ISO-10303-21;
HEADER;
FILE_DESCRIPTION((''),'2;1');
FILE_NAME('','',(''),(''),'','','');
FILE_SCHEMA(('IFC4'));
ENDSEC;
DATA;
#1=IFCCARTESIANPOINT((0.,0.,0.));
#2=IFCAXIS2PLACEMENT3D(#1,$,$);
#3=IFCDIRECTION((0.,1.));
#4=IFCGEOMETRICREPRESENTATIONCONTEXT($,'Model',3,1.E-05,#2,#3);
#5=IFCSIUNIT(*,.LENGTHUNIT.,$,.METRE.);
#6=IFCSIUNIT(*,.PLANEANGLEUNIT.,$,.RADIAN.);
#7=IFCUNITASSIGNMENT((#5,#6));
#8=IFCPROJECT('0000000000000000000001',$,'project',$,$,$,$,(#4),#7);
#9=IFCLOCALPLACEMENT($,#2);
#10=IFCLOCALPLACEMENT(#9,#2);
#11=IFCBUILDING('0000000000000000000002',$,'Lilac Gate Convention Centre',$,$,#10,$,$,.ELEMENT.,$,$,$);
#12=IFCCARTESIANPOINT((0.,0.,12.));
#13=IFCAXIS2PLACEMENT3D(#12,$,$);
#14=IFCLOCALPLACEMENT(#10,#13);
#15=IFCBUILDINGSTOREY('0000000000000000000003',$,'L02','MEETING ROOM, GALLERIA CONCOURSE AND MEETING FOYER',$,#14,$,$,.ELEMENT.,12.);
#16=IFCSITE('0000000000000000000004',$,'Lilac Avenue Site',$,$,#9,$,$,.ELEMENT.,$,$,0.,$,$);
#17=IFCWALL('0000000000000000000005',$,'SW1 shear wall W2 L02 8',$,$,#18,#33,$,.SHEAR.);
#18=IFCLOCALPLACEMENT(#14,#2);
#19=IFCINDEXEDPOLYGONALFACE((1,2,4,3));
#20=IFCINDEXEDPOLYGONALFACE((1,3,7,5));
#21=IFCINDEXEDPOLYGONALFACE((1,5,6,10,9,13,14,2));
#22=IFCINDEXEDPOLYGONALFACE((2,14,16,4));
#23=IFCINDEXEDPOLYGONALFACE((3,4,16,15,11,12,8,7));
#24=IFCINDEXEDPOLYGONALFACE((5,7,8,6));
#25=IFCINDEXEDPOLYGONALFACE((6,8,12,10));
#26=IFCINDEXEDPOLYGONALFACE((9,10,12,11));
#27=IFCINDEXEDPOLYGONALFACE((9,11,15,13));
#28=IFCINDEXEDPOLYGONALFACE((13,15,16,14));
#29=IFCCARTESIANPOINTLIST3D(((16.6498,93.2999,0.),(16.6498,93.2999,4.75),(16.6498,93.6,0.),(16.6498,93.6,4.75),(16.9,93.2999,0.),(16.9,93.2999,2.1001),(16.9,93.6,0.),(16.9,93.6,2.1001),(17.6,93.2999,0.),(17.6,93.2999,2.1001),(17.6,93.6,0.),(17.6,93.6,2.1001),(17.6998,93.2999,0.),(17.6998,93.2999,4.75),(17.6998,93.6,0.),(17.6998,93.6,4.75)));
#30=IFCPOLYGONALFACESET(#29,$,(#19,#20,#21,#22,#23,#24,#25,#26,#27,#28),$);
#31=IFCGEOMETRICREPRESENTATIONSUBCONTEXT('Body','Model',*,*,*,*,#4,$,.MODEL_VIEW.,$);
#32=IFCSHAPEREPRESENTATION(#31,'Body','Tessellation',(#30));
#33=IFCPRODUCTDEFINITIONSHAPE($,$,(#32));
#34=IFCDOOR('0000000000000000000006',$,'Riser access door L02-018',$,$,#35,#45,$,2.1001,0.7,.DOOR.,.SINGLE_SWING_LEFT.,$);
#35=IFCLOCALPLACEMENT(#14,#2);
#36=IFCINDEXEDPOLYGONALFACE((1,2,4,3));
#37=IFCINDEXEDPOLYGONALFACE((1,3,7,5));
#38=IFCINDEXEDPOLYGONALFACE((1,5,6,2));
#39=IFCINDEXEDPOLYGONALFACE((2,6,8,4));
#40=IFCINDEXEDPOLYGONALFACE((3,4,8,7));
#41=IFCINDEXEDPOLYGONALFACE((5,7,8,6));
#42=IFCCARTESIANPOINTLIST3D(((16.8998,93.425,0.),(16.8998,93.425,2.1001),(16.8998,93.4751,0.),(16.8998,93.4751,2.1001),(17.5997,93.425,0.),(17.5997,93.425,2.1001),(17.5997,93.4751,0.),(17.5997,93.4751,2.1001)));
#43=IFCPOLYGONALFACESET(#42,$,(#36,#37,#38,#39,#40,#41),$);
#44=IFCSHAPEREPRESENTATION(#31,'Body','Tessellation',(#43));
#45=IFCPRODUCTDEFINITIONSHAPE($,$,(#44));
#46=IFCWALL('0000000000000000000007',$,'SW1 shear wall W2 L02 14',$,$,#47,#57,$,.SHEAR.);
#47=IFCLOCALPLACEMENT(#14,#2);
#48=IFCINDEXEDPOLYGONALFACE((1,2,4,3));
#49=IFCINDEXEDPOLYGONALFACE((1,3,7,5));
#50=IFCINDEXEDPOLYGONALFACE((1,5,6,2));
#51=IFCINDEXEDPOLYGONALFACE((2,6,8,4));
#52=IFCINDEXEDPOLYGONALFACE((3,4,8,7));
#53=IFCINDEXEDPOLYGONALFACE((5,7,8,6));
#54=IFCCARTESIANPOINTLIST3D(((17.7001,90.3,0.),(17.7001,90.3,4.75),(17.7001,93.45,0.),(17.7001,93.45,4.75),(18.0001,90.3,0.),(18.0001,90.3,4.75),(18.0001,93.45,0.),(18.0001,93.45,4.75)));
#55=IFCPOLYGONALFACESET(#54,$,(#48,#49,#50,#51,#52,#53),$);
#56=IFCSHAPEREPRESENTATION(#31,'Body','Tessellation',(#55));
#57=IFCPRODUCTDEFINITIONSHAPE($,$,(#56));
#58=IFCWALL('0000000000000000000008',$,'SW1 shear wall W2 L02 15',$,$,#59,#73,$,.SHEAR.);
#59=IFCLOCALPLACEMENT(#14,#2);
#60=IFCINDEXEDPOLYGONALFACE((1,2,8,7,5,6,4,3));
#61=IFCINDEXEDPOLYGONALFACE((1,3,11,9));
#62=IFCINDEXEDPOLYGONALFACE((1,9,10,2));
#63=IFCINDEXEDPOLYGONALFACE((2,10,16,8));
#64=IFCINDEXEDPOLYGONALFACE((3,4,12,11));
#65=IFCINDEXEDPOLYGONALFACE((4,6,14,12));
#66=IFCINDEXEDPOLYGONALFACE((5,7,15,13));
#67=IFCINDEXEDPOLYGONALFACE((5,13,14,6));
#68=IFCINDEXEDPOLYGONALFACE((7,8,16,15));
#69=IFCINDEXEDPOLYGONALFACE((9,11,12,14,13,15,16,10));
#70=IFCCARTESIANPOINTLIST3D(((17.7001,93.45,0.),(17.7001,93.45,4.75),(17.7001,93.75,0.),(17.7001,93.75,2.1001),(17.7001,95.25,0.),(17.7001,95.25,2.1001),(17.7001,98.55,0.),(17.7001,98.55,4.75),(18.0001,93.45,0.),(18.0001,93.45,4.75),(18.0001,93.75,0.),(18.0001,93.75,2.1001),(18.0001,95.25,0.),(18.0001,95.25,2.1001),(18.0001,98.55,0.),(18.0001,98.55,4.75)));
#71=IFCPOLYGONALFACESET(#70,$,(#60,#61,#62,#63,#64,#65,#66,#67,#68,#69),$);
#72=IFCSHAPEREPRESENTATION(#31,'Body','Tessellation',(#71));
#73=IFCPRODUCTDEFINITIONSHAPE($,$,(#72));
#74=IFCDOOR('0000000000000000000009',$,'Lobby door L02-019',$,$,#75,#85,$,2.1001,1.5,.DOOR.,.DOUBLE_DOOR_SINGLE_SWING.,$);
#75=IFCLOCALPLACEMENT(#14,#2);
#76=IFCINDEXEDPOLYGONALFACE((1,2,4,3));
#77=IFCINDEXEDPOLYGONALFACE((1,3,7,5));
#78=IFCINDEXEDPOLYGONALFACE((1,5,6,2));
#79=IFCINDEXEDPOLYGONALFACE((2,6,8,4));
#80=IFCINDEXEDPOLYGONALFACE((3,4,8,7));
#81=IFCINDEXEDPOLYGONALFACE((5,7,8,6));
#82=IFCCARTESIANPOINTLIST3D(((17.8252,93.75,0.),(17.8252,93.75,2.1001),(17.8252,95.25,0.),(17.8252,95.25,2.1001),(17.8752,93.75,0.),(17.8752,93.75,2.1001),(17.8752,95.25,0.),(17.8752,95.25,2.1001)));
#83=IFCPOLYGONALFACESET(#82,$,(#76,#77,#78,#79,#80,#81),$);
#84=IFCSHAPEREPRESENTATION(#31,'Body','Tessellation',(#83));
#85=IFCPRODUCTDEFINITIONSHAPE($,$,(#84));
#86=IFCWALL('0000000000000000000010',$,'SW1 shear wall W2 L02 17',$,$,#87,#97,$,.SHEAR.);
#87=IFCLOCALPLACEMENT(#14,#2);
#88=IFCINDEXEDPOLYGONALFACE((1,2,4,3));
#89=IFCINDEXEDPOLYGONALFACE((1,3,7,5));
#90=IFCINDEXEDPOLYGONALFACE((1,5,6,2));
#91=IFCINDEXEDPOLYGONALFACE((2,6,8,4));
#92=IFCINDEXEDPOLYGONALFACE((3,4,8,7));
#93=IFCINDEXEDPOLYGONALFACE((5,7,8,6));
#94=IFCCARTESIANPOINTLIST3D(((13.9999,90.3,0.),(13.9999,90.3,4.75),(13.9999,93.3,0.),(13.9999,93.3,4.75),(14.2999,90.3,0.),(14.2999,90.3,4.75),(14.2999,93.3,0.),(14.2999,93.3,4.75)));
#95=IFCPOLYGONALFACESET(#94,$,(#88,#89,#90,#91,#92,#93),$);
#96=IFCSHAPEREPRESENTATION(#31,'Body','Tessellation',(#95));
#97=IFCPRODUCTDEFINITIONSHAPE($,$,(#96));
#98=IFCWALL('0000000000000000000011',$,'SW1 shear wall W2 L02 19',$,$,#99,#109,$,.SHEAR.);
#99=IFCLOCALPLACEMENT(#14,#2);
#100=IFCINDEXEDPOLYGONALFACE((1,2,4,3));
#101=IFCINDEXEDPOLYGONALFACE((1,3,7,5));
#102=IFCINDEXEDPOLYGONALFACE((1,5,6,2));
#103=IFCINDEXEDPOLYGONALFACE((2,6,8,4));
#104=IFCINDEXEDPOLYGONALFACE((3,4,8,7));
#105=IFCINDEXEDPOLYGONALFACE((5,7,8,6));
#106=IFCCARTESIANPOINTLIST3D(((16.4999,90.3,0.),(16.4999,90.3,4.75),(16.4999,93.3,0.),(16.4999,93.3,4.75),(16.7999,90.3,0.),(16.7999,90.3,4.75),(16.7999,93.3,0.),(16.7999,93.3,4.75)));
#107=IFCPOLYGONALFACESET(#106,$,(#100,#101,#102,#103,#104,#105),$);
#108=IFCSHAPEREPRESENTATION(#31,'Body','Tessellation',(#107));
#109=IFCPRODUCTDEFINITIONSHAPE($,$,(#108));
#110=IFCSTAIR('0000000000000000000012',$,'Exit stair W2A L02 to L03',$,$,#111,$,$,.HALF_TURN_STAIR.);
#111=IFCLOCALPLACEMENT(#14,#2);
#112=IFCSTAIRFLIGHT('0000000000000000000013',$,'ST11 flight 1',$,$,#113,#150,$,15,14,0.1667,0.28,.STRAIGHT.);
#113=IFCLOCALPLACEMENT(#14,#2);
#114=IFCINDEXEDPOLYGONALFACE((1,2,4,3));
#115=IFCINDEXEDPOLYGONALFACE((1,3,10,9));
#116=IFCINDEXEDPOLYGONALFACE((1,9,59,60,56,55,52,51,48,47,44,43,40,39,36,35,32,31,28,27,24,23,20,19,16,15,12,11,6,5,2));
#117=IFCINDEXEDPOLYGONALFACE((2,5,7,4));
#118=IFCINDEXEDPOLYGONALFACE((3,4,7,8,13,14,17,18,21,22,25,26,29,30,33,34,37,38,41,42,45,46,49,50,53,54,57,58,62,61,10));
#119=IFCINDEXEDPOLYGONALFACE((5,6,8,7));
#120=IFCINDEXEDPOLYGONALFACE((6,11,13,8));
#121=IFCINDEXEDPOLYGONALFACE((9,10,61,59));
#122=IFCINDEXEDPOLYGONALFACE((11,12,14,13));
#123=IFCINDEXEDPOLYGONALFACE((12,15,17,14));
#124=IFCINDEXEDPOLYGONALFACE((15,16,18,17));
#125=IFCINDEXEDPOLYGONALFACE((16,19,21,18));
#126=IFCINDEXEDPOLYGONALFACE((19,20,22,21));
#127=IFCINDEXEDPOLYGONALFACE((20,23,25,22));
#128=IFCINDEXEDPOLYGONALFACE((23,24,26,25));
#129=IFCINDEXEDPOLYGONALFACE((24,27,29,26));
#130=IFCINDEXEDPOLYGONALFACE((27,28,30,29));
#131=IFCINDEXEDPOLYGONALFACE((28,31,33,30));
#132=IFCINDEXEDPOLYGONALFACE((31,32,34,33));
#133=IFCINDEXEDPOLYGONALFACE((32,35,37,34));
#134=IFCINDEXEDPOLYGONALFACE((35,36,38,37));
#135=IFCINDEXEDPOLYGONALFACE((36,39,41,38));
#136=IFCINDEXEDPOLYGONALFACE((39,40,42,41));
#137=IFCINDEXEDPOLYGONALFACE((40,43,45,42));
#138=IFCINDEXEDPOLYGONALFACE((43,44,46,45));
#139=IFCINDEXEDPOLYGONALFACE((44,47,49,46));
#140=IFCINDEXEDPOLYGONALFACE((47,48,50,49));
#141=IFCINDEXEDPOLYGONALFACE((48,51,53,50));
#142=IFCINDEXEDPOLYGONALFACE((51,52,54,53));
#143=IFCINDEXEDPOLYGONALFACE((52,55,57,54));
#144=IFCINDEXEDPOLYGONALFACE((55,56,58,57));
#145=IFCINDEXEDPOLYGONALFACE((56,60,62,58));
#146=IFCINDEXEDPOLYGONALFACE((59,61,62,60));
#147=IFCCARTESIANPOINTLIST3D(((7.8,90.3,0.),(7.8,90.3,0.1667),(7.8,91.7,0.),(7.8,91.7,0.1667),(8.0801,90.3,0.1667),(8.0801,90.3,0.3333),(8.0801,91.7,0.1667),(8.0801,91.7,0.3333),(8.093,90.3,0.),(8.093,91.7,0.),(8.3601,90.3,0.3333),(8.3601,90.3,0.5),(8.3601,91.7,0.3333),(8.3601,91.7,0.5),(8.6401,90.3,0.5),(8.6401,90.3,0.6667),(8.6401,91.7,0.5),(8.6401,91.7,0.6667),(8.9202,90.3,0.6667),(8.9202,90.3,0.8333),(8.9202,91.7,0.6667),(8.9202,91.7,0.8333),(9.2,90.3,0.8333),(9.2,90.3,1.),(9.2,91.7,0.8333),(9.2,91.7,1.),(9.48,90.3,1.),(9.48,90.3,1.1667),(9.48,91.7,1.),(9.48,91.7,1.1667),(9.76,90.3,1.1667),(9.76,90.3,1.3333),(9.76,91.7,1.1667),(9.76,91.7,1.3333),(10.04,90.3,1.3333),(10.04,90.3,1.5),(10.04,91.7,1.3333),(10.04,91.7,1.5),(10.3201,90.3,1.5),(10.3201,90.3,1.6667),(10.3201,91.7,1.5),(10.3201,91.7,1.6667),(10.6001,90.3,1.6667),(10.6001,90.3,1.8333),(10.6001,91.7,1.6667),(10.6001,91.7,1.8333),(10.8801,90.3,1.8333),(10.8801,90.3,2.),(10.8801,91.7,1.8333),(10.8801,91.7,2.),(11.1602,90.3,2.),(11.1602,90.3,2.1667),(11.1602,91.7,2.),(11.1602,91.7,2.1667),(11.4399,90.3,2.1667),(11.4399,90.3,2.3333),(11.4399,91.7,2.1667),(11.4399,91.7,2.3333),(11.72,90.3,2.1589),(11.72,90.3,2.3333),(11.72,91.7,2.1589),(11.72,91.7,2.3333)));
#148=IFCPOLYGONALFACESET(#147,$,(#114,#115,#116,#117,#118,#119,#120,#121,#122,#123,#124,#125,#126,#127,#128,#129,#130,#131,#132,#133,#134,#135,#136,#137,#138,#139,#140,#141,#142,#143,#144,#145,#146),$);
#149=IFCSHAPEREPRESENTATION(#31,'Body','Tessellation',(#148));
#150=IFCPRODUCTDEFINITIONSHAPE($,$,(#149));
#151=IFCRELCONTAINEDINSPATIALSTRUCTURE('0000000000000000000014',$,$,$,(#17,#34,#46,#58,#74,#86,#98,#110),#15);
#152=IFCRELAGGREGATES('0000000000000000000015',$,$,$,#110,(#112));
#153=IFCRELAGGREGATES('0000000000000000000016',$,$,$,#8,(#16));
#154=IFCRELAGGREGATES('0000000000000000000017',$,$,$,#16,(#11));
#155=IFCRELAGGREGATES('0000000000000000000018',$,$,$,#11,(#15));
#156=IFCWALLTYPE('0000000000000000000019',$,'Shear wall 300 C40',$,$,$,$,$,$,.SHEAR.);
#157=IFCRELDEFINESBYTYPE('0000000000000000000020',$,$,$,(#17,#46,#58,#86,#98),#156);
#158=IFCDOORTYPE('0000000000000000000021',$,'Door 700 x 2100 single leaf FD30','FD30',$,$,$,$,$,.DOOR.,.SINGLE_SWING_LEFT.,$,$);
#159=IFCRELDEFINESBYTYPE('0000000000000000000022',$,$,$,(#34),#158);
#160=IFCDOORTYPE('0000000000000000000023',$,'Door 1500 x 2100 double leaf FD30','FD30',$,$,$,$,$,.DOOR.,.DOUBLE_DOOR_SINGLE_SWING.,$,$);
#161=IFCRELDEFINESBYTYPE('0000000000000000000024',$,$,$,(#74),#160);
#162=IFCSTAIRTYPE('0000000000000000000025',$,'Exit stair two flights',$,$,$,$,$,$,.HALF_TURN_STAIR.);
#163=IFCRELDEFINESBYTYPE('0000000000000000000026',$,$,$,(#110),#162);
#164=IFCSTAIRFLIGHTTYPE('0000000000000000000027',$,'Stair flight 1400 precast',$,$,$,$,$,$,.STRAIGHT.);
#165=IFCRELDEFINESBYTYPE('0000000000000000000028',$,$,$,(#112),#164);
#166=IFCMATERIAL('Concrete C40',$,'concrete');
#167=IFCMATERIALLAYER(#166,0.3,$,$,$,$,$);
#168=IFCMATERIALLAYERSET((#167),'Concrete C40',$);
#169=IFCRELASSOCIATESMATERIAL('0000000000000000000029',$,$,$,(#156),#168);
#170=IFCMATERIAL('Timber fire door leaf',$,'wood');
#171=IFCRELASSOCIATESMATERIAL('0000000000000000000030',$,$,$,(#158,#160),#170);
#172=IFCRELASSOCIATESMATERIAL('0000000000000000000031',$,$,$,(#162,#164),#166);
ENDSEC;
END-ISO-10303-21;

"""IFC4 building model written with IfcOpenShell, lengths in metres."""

from ifc_helpers import new_model, si_unit, direction, frame, frame_2d, origin, place, context, subcontext, project, spatial, polyline, rectangle, outline, extrude, material, layer, layer_set, type_object, element, fill, aggregate, save


model = new_model("IFC4")

# Units and contexts
model_context = context("Model", 3, precision=1e-05, world=origin(), true_north=direction((0.0, 1.0)))
body_context = subcontext(model_context, "Body", "Model", "MODEL_VIEW")
ifc_project = project(units=[si_unit("LENGTHUNIT", "METRE"), si_unit("PLANEANGLEUNIT", "RADIAN")], contexts=[model_context])

# Site, building, storey
site_placement = place(None, origin())
site = spatial("IfcSite", under=ifc_project, at=site_placement, Name="Lilac Avenue Site", CompositionType="ELEMENT", RefElevation=0.0)
building_placement = place(site_placement, origin())
building = spatial("IfcBuilding", under=site, at=building_placement, Name="Lilac Gate Convention Centre", CompositionType="ELEMENT")
storey_placement = place(building_placement, frame((0.0, 0.0, 12.0)))
storey = spatial("IfcBuildingStorey", under=building, at=storey_placement, Name="L02", Description="MEETING ROOM, GALLERIA CONCOURSE AND MEETING FOYER", CompositionType="ELEMENT", Elevation=12.0)

# Shared definitions
ifc_material_1 = material(Name="Concrete C40", Category="concrete")

# Shared definitions
ifc_layer = layer(ifc_material_1, 0.3)
ifc_layer_set = layer_set([ifc_layer], Name="Concrete C40")
wall_type = type_object("IfcWallType", Name="Shear wall 300 C40", PredefinedType="SHEAR", material=ifc_layer_set)

# Wall, opening, door
ifc_material_2 = material(Name="Timber fire door leaf", Category="wood")
wall_1_placement = place(storey_placement, frame((16.6499, 93.45, 0.0), z_axis=(0.0, 0.0, 1.0), x_axis=(1.0, 0.0, 0.0)))
wall_1 = element("IfcWall", 1, at=wall_1_placement, inside=storey, type_object=wall_type, Name="SW1 shear wall W2 L02 8", PredefinedType="SHEAR", context=body_context, shape_type="SweptSolid", body=[
    extrude(rectangle(XDim=1.05, YDim=0.3, at=frame_2d((0.5249, 0.0))), origin(), (0.0, 0.0, 1.0), 4.75),
])
opening_1_placement = place(wall_1_placement, frame((0.25, 0.0, 0.0)))
opening_1 = element("IfcOpeningElement", 2, at=opening_1_placement, cuts=wall_1, PredefinedType="OPENING", context=body_context, shape_type="SweptSolid", body=[
    extrude(rectangle(XDim=0.7, YDim=2.1001, at=frame_2d((0.3501, 1.05))), frame((0.0, 0.1599, 0.0), z_axis=(0.0, -1.0, 0.0), x_axis=(1.0, 0.0, 0.0)), (0.0, 0.0, 1.0), 0.3201),
])
door_type_1 = type_object("IfcDoorType", Name="Door 700 x 2100 single leaf FD30", Description="FD30", OperationType="SINGLE_SWING_LEFT", PredefinedType="DOOR", material=ifc_material_2)
door_1_placement = place(opening_1_placement, frame((0.7, 0.0, 0.0), z_axis=(0.0, 0.0, 1.0), x_axis=(-1.0, 0.0, 0.0)))
door_1 = element("IfcDoor", 3, at=door_1_placement, inside=storey, type_object=door_type_1, Name="Riser access door L02-018", OperationType="SINGLE_SWING_LEFT", OverallHeight=2.1001, OverallWidth=0.7, PredefinedType="DOOR", context=body_context, shape_type="SweptSolid", body=[
    extrude(rectangle(XDim=0.7, YDim=2.1001, at=frame_2d((0.3501, 1.05))), frame((0.0, 0.0249, 0.0), z_axis=(0.0, -1.0, 0.0), x_axis=(1.0, 0.0, 0.0)), (0.0, 0.0, 1.0), 0.05),
])
fill(opening_1, door_1)

# Wall
wall_2_placement = place(storey_placement, frame((17.8501, 90.3, 0.0), z_axis=(0.0, 0.0, 1.0), x_axis=(0.0, 1.0, 0.0)))
element("IfcWall", 4, at=wall_2_placement, inside=storey, type_object=wall_type, Name="SW1 shear wall W2 L02 14", PredefinedType="SHEAR", context=body_context, shape_type="SweptSolid", body=[
    extrude(rectangle(XDim=3.1499, YDim=0.3, at=frame_2d((1.575, 0.0))), origin(), (0.0, 0.0, 1.0), 4.75),
])

# Wall, opening, door
wall_3_placement = place(storey_placement, frame((17.8501, 93.45, 0.0), z_axis=(0.0, 0.0, 1.0), x_axis=(0.0, 1.0, 0.0)))
wall_3 = element("IfcWall", 5, at=wall_3_placement, inside=storey, type_object=wall_type, Name="SW1 shear wall W2 L02 15", PredefinedType="SHEAR", context=body_context, shape_type="SweptSolid", body=[
    extrude(rectangle(XDim=5.1001, YDim=0.3, at=frame_2d((2.55, 0.0))), origin(), (0.0, 0.0, 1.0), 4.75),
])
opening_2_placement = place(wall_3_placement, frame((0.3, 0.0, 0.0)))
opening_2 = element("IfcOpeningElement", 6, at=opening_2_placement, cuts=wall_3, PredefinedType="OPENING", context=body_context, shape_type="SweptSolid", body=[
    extrude(rectangle(XDim=1.5, YDim=2.1001, at=frame_2d((0.75, 1.05))), frame((0.0, 0.1599, 0.0), z_axis=(0.0, -1.0, 0.0), x_axis=(1.0, 0.0, 0.0)), (0.0, 0.0, 1.0), 0.3201),
])
door_type_2 = type_object("IfcDoorType", Name="Door 1500 x 2100 double leaf FD30", Description="FD30", OperationType="DOUBLE_DOOR_SINGLE_SWING", PredefinedType="DOOR", material=ifc_material_2)
door_2_placement = place(opening_2_placement, origin())
door_2 = element("IfcDoor", 7, at=door_2_placement, inside=storey, type_object=door_type_2, Name="Lobby door L02-019", OperationType="DOUBLE_DOOR_SINGLE_SWING", OverallHeight=2.1001, OverallWidth=1.5, PredefinedType="DOOR", context=body_context, shape_type="SweptSolid", body=[
    extrude(rectangle(XDim=1.5, YDim=2.1001, at=frame_2d((0.75, 1.05))), frame((0.0, 0.0249, 0.0), z_axis=(0.0, -1.0, 0.0), x_axis=(1.0, 0.0, 0.0)), (0.0, 0.0, 1.0), 0.05),
])
fill(opening_2, door_2)

# Walls
for number, where, z_axis, x_axis, name in (
    (8, (14.1499, 90.3, 0.0), (0.0, 0.0, 1.0), (0.0, 1.0, 0.0), "SW1 shear wall W2 L02 17"),
    (9, (16.6499, 90.3, 0.0), (0.0, 0.0, 1.0), (0.0, 1.0, 0.0), "SW1 shear wall W2 L02 19"),
):
    element("IfcWall", number, at=place(storey_placement, frame(where, z_axis=z_axis, x_axis=x_axis)), inside=storey, type_object=wall_type, Name=name, PredefinedType="SHEAR", context=body_context, shape_type="SweptSolid", body=[
        extrude(rectangle(XDim=3.0, YDim=0.3, at=frame_2d((1.5, 0.0))), origin(), (0.0, 0.0, 1.0), 4.75),
    ])

# Stair, stair flight
stair_type = type_object("IfcStairType", Name="Exit stair two flights", PredefinedType="HALF_TURN_STAIR", material=ifc_material_1)
stair_placement = place(storey_placement, origin())
stair = element("IfcStair", 10, at=stair_placement, inside=storey, type_object=stair_type, Name="Exit stair W2A L02 to L03", PredefinedType="HALF_TURN_STAIR")
stair_flight_type = type_object("IfcStairFlightType", Name="Stair flight 1400 precast", PredefinedType="STRAIGHT", material=ifc_material_1)
stair_flight_1_placement = place(storey_placement, frame((7.8, 91.0, 0.0), z_axis=(0.0, 0.0, 1.0), x_axis=(1.0, 0.0, 0.0)))
stair_flight_1 = element("IfcStairFlight", 11, at=stair_flight_1_placement, type_object=stair_flight_type, Name="ST11 flight 1", NumberOfRisers=15, NumberOfTreads=14, PredefinedType="STRAIGHT", RiserHeight=0.1667, TreadLength=0.28, context=body_context, shape_type="SweptSolid", body=[
    extrude(outline(polyline([(0.0, 0.0), (0.0, 0.1667), (0.28, 0.1667), (0.28, 0.3333), (0.5601, 0.3333), (0.5601, 0.5), (0.8401, 0.5), (0.8401, 0.6667), (1.1201, 0.6667), (1.1201, 0.8333), (1.3999, 0.8333), (1.3999, 1.0), (1.6799, 1.0), (1.6799, 1.1667), (1.96, 1.1667), (1.96, 1.3333), (2.24, 1.3333), (2.24, 1.5), (2.52, 1.5), (2.52, 1.6667), (2.8, 1.6667), (2.8, 1.8333), (3.0801, 1.8333), (3.0801, 2.0), (3.3601, 2.0), (3.3601, 2.1667), (3.6399, 2.1667), (3.6399, 2.3333), (3.9199, 2.3333), (3.9199, 2.5), (3.9199, 2.1589), (0.293, 0.0), (0.0, 0.0)])), frame((0.0, 0.7, 0.0), z_axis=(0.0, -1.0, 0.0), x_axis=(1.0, 0.0, 0.0)), (0.0, 0.0, 1.0), 1.3999),
])
aggregate(stair, [stair_flight_1])

save(model, "model.ifc")
